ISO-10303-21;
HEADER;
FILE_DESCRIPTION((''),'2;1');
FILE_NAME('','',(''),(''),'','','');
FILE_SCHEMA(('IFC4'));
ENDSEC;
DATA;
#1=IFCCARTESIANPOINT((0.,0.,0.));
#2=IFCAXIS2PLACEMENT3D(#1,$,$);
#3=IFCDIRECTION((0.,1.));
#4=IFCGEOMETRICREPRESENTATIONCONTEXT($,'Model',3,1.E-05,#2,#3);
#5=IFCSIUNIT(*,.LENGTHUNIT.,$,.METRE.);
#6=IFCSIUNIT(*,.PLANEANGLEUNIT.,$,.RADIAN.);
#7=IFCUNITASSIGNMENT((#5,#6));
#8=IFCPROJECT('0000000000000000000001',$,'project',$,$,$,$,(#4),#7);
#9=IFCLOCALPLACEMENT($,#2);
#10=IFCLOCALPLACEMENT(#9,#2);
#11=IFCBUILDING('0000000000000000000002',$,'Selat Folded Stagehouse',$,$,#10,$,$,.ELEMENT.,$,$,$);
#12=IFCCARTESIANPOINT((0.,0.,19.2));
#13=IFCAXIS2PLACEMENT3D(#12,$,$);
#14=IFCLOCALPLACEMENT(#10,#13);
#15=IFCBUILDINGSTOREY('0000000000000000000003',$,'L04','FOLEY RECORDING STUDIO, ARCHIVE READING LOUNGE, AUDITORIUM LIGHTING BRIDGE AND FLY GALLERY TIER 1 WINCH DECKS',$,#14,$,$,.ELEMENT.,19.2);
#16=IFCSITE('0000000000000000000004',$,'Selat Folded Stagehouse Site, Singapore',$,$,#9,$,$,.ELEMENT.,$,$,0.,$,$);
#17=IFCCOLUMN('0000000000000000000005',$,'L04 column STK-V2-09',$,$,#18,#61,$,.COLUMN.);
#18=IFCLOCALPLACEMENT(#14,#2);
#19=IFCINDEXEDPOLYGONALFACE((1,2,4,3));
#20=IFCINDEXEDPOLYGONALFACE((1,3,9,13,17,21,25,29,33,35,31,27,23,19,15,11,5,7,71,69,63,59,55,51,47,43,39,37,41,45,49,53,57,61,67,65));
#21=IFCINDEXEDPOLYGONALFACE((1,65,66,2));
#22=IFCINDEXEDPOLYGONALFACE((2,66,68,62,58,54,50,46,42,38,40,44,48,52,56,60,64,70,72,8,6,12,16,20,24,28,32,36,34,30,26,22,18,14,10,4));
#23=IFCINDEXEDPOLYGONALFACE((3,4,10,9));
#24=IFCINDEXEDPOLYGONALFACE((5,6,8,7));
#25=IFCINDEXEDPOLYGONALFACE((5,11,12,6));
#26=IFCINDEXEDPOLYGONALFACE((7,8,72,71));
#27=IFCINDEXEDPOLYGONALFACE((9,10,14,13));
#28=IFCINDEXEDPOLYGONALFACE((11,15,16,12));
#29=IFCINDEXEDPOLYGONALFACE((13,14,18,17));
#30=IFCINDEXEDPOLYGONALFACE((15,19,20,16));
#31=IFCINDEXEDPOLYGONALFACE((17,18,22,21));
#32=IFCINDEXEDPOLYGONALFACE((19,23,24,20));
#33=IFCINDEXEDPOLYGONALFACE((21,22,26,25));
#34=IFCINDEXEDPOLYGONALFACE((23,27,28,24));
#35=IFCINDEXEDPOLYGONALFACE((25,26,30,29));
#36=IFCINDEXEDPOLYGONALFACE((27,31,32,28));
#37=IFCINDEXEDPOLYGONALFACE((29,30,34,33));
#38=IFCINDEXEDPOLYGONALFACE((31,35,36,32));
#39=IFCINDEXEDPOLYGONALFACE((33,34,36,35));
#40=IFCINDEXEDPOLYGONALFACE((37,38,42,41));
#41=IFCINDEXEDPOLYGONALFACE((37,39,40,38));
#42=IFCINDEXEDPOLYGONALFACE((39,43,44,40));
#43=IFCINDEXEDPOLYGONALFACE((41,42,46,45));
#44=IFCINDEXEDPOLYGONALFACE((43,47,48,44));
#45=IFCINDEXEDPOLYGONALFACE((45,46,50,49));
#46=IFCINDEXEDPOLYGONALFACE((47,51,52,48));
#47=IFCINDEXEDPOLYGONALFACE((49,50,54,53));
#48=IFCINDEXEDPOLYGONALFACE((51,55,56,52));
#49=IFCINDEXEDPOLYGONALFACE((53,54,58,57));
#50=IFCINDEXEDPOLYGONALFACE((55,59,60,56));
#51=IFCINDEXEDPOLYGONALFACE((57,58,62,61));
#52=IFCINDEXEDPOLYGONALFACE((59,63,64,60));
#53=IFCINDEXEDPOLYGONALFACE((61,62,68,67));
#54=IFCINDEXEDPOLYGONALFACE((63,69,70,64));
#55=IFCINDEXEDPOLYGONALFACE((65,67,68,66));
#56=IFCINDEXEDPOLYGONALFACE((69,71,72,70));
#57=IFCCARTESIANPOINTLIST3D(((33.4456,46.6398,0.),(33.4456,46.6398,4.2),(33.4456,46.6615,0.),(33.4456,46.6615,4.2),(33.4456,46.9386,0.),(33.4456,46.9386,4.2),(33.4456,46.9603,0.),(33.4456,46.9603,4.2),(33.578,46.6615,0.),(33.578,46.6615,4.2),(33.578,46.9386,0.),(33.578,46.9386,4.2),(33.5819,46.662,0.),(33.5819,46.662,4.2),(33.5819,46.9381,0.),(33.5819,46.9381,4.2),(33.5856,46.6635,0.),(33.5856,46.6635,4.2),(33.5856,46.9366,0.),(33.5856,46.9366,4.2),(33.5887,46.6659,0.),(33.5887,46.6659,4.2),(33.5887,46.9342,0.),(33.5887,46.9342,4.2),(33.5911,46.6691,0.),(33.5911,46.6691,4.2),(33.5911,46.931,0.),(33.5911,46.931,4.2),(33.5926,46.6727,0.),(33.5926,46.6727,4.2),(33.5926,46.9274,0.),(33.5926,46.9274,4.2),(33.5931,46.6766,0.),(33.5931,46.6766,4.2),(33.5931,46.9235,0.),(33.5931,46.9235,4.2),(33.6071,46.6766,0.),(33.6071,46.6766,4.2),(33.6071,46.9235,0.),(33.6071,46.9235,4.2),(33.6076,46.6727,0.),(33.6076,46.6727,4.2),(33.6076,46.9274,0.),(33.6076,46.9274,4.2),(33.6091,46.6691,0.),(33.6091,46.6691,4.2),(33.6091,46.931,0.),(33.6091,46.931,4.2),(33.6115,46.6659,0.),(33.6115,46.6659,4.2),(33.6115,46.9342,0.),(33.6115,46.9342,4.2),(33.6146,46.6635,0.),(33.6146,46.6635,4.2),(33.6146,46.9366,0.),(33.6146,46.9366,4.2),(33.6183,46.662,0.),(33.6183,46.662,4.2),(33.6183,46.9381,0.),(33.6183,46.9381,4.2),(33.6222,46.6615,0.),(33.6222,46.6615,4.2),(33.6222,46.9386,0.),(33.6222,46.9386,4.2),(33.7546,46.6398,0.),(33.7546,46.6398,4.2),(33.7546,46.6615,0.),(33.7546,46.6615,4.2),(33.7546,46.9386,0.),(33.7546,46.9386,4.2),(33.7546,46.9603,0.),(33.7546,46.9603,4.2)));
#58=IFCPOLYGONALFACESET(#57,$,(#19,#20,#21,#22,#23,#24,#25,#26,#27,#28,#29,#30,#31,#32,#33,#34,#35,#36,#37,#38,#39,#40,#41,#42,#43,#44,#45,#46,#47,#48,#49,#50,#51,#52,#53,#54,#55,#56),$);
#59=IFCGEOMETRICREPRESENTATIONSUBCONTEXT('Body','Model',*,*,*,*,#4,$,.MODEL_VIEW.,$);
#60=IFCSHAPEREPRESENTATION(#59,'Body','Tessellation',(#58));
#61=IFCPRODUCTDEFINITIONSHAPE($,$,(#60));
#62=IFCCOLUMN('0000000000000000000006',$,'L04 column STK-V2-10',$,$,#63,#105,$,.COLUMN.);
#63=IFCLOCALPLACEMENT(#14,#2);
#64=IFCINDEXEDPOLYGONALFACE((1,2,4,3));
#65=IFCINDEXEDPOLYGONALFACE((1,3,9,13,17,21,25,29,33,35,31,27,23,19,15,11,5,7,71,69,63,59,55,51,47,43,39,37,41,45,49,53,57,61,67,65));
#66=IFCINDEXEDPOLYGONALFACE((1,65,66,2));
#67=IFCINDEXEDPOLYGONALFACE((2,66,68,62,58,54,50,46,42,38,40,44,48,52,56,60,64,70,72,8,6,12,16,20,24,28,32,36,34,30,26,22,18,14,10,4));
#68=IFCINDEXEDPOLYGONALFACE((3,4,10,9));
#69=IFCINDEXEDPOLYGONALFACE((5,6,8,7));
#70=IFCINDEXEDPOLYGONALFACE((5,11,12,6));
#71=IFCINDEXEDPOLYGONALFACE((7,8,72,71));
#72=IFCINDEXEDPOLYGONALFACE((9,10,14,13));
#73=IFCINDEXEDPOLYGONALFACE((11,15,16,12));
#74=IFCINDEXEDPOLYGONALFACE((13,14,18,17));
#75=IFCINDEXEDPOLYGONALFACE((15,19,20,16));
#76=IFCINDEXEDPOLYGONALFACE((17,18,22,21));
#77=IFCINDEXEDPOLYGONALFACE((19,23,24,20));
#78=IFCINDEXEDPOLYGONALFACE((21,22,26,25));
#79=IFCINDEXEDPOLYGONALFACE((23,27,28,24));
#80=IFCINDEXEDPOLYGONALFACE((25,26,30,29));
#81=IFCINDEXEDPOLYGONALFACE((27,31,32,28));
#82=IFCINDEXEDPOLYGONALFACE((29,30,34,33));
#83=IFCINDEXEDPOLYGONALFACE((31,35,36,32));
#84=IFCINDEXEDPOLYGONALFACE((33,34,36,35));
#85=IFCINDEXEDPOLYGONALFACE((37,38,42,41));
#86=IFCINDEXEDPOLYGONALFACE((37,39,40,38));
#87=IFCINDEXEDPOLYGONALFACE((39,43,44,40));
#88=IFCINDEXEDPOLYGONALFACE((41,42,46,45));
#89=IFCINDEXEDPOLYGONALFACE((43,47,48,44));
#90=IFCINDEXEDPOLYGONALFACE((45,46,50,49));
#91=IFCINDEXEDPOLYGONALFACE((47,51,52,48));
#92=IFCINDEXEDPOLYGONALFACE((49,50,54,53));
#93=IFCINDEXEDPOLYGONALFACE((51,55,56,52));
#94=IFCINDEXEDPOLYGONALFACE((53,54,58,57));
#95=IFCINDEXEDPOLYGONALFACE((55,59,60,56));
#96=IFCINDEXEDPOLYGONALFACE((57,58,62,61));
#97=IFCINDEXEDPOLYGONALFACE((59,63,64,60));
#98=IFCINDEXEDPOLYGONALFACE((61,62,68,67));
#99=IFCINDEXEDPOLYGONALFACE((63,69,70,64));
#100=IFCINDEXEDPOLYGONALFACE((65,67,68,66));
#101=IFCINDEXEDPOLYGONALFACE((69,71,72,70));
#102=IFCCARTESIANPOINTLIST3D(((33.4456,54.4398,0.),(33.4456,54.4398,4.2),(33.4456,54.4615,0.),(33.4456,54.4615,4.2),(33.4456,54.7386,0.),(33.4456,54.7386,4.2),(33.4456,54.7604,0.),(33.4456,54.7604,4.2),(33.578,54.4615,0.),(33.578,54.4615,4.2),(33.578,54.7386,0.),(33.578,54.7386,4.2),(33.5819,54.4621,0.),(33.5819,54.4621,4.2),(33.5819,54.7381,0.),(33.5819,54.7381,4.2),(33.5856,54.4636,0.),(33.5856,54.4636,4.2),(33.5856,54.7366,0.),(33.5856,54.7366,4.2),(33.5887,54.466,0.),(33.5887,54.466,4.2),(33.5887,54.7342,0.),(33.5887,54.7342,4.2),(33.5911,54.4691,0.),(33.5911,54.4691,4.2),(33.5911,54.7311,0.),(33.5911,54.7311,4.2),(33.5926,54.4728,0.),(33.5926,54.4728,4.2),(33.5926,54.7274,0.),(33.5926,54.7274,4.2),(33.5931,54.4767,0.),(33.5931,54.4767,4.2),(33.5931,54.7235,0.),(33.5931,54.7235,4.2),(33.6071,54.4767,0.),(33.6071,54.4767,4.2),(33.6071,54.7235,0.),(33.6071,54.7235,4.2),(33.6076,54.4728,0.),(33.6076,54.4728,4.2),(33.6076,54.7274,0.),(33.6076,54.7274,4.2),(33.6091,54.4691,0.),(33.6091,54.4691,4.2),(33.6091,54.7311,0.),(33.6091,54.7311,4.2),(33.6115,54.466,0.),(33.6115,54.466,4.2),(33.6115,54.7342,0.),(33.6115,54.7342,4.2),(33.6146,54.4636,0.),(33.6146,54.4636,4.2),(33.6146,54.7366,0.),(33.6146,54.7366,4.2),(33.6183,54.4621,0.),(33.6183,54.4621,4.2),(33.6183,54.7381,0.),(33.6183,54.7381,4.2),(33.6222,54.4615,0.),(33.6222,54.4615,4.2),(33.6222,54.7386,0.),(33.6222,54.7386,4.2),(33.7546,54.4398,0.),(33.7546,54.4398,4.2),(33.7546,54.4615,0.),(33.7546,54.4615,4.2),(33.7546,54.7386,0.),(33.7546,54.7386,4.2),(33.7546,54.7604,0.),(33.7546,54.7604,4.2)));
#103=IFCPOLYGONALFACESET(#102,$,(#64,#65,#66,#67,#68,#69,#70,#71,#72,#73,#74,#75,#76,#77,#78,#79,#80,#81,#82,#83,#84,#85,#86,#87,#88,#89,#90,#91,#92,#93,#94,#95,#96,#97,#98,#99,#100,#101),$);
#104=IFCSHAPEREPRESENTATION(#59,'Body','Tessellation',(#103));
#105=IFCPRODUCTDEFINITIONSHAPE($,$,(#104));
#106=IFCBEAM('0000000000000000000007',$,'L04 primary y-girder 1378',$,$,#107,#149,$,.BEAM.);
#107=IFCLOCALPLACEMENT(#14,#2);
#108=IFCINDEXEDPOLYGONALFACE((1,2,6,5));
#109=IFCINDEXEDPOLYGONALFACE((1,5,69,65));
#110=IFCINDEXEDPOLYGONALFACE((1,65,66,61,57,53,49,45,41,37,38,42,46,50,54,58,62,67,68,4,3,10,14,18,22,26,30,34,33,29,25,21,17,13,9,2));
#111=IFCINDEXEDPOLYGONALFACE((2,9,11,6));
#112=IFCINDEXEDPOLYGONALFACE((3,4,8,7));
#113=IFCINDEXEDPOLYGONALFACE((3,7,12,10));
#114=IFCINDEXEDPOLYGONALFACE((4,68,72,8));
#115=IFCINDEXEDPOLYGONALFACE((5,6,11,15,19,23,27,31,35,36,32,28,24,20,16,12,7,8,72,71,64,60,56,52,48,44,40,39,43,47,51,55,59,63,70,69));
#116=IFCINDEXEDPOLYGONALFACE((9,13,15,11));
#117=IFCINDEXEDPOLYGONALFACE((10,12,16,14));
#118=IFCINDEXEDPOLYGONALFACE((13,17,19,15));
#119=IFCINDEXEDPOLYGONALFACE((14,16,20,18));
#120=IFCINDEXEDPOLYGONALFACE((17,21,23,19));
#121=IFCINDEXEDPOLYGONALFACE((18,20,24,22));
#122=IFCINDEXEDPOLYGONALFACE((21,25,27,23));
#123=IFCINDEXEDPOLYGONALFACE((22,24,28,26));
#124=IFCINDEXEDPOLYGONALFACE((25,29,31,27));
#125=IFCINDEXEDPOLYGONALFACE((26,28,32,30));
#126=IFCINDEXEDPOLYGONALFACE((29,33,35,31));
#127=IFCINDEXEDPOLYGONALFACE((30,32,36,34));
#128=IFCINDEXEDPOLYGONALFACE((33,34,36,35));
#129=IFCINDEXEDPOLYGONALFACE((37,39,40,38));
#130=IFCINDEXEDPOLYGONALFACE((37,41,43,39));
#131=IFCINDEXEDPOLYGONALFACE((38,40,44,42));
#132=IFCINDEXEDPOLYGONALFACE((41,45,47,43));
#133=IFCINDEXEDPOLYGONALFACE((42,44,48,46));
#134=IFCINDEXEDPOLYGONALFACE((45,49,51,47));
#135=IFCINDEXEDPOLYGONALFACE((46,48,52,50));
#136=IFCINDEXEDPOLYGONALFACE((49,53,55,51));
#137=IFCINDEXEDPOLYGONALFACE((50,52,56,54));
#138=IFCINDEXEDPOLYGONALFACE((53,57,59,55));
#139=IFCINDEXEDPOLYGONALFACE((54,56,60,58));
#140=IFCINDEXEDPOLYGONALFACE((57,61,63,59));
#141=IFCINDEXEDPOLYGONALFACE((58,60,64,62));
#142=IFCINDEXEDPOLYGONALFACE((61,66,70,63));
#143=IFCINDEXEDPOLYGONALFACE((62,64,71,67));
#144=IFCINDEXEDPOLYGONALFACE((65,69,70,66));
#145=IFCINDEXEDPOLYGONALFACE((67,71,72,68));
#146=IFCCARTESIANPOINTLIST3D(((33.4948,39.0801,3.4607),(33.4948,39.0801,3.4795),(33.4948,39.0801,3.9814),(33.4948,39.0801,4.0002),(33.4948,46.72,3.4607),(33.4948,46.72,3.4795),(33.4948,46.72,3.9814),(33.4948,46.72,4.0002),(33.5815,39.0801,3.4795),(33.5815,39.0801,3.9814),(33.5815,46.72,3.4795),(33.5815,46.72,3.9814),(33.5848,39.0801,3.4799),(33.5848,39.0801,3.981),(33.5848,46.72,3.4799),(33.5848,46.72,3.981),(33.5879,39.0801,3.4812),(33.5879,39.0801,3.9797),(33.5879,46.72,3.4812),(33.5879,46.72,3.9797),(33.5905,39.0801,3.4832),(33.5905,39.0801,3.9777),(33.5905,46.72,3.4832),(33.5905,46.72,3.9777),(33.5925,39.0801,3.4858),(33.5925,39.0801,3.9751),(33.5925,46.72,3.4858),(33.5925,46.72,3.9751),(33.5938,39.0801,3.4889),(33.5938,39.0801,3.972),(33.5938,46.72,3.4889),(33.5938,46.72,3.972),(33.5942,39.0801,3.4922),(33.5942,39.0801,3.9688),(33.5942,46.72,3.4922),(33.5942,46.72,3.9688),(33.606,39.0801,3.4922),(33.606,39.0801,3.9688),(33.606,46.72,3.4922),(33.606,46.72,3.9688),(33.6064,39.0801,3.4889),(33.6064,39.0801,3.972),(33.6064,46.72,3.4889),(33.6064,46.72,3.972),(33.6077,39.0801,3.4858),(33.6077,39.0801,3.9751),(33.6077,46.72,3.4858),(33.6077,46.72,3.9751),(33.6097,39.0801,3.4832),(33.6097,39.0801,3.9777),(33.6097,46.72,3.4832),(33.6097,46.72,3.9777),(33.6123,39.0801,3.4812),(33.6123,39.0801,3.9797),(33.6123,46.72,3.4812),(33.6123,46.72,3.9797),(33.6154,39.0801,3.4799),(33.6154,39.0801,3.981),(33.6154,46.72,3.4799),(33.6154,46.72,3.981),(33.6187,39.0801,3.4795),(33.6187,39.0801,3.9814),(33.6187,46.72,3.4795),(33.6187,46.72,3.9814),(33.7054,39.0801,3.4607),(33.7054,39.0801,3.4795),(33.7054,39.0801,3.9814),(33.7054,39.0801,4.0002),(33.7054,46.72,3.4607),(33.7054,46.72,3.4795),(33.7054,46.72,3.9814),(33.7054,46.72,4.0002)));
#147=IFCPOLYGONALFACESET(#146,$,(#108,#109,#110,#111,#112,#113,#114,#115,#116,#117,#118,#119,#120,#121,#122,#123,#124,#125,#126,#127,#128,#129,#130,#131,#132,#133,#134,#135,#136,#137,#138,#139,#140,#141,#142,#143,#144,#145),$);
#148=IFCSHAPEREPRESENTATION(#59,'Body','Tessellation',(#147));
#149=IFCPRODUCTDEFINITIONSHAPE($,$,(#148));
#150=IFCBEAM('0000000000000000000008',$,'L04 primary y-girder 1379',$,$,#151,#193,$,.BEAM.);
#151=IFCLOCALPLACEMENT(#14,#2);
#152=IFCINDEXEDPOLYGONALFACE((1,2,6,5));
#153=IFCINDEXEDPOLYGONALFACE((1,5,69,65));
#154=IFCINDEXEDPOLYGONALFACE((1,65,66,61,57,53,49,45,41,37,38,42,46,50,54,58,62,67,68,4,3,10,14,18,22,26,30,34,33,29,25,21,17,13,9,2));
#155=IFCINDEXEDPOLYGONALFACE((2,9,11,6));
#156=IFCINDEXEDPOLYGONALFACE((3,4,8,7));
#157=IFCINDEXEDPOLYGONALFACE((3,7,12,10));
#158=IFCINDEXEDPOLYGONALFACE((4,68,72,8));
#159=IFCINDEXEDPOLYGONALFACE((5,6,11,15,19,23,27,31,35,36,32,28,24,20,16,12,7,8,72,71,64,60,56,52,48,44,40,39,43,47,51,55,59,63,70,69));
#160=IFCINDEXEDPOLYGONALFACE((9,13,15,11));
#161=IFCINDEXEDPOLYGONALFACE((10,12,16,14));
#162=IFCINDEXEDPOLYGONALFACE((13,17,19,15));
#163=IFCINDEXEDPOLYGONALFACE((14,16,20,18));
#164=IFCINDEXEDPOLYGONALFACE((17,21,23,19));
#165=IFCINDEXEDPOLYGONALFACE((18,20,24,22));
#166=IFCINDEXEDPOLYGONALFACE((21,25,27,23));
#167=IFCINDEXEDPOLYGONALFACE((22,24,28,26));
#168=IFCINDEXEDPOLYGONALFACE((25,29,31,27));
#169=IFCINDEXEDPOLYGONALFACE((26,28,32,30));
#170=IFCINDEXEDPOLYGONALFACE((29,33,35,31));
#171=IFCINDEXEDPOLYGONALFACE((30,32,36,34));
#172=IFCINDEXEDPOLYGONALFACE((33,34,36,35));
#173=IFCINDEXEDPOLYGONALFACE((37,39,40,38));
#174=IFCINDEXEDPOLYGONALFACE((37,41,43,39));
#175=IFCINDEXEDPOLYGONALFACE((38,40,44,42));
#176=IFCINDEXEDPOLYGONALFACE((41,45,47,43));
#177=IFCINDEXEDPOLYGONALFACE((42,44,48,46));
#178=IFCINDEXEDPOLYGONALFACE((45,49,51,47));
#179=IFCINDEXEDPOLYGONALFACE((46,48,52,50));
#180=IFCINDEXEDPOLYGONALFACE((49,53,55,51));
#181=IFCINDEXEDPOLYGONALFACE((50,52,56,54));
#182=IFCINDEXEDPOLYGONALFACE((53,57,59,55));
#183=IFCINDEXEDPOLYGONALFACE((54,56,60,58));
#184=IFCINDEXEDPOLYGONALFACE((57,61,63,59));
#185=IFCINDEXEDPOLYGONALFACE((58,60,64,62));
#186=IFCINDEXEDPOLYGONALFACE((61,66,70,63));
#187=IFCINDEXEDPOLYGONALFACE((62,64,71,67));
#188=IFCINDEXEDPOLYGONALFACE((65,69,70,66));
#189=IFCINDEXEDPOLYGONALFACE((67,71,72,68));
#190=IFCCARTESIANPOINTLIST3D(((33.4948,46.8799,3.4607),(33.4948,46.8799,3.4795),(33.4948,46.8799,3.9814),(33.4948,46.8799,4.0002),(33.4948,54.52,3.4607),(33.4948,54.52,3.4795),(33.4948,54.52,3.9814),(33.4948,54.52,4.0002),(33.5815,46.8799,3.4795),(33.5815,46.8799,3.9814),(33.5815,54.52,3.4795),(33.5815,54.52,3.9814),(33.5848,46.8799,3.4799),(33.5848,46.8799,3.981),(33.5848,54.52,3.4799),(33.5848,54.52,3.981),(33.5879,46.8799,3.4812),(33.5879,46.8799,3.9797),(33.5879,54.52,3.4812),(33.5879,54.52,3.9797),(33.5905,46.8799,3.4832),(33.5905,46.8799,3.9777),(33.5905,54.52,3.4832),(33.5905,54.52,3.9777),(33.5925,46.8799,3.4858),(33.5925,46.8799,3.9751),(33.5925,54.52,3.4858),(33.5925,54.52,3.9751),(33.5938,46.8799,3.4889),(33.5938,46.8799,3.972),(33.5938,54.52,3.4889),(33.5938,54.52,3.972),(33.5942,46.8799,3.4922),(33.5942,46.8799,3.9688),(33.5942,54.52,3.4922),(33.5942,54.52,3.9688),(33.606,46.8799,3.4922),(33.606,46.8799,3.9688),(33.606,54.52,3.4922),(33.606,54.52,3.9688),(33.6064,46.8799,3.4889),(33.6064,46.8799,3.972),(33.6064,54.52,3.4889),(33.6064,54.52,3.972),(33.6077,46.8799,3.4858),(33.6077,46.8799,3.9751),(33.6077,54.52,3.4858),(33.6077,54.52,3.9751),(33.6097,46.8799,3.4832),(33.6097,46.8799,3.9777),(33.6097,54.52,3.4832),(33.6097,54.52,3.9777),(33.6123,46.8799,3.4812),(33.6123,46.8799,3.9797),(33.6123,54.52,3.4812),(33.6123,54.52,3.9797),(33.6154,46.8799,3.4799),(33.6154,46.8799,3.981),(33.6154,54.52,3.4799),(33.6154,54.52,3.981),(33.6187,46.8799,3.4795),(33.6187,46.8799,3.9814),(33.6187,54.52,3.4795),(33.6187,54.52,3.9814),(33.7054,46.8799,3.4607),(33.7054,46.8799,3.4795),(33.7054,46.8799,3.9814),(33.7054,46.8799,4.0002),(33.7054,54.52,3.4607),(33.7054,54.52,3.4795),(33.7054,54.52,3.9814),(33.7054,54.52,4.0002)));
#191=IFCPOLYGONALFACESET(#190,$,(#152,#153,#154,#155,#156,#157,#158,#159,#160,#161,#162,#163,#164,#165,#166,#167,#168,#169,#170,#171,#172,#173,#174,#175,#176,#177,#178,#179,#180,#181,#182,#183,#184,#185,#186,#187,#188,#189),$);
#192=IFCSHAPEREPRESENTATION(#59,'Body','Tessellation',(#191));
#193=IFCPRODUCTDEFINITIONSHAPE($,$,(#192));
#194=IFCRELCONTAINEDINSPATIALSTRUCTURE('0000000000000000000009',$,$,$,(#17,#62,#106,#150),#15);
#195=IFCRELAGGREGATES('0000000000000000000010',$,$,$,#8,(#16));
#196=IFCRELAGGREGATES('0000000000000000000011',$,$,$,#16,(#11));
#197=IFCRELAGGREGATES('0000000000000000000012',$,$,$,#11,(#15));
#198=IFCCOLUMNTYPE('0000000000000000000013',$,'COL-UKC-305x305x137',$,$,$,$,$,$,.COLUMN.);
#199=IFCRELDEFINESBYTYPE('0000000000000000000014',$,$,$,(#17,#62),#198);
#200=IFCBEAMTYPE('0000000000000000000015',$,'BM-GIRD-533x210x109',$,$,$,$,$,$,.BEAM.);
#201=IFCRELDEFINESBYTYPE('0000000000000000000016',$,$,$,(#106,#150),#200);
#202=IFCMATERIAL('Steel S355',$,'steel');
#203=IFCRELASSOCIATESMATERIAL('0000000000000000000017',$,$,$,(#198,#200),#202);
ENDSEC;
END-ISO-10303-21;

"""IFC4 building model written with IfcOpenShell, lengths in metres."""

from ifc_helpers import new_model, si_unit, direction, frame, origin, origin_2d, place, context, subcontext, project, spatial, i_section, extrude, material, material_profile, profile_set, type_object, element, save


model = new_model("IFC4")

# Units and contexts
model_context = context("Model", 3, precision=1e-05, world=origin(), true_north=direction((0.0, 1.0)))
body_context = subcontext(model_context, "Body", "Model", "MODEL_VIEW")
ifc_project = project(units=[si_unit("LENGTHUNIT", "METRE"), si_unit("PLANEANGLEUNIT", "RADIAN")], contexts=[model_context])

# Site, building, storey
site_placement = place(None, origin())
site = spatial("IfcSite", under=ifc_project, at=site_placement, Name="Selat Folded Stagehouse Site, Singapore", CompositionType="ELEMENT", RefElevation=0.0)
building_placement = place(site_placement, origin())
building = spatial("IfcBuilding", under=site, at=building_placement, Name="Selat Folded Stagehouse", CompositionType="ELEMENT")
storey_placement = place(building_placement, frame((0.0, 0.0, 19.2)))
storey = spatial("IfcBuildingStorey", under=building, at=storey_placement, Name="L04", Description="FOLEY RECORDING STUDIO, ARCHIVE READING LOUNGE, AUDITORIUM LIGHTING BRIDGE AND FLY GALLERY TIER 1 WINCH DECKS", CompositionType="ELEMENT", Elevation=19.2)

# Columns
ifc_material_1 = material(Name="Steel S355", Category="steel")
ifc_material_profile_1 = material_profile(ifc_material_1, i_section(OverallWidth=0.3091, OverallDepth=0.3206, WebThickness=0.0139, FlangeThickness=0.0217, FilletRadius=0.0151, at=origin_2d()), Name="UKC 305x305x137")
ifc_profile_set_1 = profile_set([ifc_material_profile_1], Name="Steel S355")
column_type = type_object("IfcColumnType", Name="COL-UKC-305x305x137", PredefinedType="COLUMN", material=ifc_profile_set_1)
for number, where, z_axis, x_axis, name in (
    (1, (33.6001, 46.8, 0.0), (0.0, 0.0, 1.0), (1.0, 0.0, 0.0), "L04 column STK-V2-09"),
    (2, (33.6001, 54.6001, 0.0), (0.0, 0.0, 1.0), (1.0, 0.0, 0.0), "L04 column STK-V2-10"),
):
    element("IfcColumn", number, at=place(storey_placement, frame(where, z_axis=z_axis, x_axis=x_axis)), inside=storey, type_object=column_type, Name=name, PredefinedType="COLUMN", context=body_context, shape_type="SweptSolid", body=[
        extrude(i_section(OverallWidth=0.3091, OverallDepth=0.3206, WebThickness=0.0139, FlangeThickness=0.0217, FilletRadius=0.0151, at=origin_2d()), origin(), (0.0, 0.0, 1.0), 4.2),
    ])

# Beams
ifc_material_profile_2 = material_profile(ifc_material_1, i_section(OverallWidth=0.2107, OverallDepth=0.5396, WebThickness=0.0117, FlangeThickness=0.0188, FilletRadius=0.0127, at=origin_2d()), Name="UKB 533x210x109")
ifc_profile_set_2 = profile_set([ifc_material_profile_2], Name="Steel S355")
beam_type_1 = type_object("IfcBeamType", Name="BM-GIRD-533x210x109", PredefinedType="BEAM", material=ifc_profile_set_2)
beam_1_placement = place(storey_placement, frame((33.6001, 39.0801, 3.7305), z_axis=(0.0, 1.0, 0.0), x_axis=(-1.0, 0.0, 0.0)))
element("IfcBeam", 3, at=beam_1_placement, inside=storey, type_object=beam_type_1, Name="L04 primary y-girder 1378", PredefinedType="BEAM", context=body_context, shape_type="SweptSolid", body=[
    extrude(i_section(OverallWidth=0.2107, OverallDepth=0.5396, WebThickness=0.0117, FlangeThickness=0.0188, FilletRadius=0.0127, at=origin_2d()), origin(), (0.0, 0.0, 1.0), 7.6399),
])
beam_2_placement = place(storey_placement, frame((33.6001, 46.8799, 3.7305), z_axis=(0.0, 1.0, 0.0), x_axis=(-1.0, 0.0, 0.0)))
element("IfcBeam", 4, at=beam_2_placement, inside=storey, type_object=beam_type_1, Name="L04 primary y-girder 1379", PredefinedType="BEAM", context=body_context, shape_type="SweptSolid", body=[
    extrude(i_section(OverallWidth=0.2107, OverallDepth=0.5396, WebThickness=0.0117, FlangeThickness=0.0188, FilletRadius=0.0127, at=origin_2d()), origin(), (0.0, 0.0, 1.0), 7.6401),
])

save(model, "model.ifc")
